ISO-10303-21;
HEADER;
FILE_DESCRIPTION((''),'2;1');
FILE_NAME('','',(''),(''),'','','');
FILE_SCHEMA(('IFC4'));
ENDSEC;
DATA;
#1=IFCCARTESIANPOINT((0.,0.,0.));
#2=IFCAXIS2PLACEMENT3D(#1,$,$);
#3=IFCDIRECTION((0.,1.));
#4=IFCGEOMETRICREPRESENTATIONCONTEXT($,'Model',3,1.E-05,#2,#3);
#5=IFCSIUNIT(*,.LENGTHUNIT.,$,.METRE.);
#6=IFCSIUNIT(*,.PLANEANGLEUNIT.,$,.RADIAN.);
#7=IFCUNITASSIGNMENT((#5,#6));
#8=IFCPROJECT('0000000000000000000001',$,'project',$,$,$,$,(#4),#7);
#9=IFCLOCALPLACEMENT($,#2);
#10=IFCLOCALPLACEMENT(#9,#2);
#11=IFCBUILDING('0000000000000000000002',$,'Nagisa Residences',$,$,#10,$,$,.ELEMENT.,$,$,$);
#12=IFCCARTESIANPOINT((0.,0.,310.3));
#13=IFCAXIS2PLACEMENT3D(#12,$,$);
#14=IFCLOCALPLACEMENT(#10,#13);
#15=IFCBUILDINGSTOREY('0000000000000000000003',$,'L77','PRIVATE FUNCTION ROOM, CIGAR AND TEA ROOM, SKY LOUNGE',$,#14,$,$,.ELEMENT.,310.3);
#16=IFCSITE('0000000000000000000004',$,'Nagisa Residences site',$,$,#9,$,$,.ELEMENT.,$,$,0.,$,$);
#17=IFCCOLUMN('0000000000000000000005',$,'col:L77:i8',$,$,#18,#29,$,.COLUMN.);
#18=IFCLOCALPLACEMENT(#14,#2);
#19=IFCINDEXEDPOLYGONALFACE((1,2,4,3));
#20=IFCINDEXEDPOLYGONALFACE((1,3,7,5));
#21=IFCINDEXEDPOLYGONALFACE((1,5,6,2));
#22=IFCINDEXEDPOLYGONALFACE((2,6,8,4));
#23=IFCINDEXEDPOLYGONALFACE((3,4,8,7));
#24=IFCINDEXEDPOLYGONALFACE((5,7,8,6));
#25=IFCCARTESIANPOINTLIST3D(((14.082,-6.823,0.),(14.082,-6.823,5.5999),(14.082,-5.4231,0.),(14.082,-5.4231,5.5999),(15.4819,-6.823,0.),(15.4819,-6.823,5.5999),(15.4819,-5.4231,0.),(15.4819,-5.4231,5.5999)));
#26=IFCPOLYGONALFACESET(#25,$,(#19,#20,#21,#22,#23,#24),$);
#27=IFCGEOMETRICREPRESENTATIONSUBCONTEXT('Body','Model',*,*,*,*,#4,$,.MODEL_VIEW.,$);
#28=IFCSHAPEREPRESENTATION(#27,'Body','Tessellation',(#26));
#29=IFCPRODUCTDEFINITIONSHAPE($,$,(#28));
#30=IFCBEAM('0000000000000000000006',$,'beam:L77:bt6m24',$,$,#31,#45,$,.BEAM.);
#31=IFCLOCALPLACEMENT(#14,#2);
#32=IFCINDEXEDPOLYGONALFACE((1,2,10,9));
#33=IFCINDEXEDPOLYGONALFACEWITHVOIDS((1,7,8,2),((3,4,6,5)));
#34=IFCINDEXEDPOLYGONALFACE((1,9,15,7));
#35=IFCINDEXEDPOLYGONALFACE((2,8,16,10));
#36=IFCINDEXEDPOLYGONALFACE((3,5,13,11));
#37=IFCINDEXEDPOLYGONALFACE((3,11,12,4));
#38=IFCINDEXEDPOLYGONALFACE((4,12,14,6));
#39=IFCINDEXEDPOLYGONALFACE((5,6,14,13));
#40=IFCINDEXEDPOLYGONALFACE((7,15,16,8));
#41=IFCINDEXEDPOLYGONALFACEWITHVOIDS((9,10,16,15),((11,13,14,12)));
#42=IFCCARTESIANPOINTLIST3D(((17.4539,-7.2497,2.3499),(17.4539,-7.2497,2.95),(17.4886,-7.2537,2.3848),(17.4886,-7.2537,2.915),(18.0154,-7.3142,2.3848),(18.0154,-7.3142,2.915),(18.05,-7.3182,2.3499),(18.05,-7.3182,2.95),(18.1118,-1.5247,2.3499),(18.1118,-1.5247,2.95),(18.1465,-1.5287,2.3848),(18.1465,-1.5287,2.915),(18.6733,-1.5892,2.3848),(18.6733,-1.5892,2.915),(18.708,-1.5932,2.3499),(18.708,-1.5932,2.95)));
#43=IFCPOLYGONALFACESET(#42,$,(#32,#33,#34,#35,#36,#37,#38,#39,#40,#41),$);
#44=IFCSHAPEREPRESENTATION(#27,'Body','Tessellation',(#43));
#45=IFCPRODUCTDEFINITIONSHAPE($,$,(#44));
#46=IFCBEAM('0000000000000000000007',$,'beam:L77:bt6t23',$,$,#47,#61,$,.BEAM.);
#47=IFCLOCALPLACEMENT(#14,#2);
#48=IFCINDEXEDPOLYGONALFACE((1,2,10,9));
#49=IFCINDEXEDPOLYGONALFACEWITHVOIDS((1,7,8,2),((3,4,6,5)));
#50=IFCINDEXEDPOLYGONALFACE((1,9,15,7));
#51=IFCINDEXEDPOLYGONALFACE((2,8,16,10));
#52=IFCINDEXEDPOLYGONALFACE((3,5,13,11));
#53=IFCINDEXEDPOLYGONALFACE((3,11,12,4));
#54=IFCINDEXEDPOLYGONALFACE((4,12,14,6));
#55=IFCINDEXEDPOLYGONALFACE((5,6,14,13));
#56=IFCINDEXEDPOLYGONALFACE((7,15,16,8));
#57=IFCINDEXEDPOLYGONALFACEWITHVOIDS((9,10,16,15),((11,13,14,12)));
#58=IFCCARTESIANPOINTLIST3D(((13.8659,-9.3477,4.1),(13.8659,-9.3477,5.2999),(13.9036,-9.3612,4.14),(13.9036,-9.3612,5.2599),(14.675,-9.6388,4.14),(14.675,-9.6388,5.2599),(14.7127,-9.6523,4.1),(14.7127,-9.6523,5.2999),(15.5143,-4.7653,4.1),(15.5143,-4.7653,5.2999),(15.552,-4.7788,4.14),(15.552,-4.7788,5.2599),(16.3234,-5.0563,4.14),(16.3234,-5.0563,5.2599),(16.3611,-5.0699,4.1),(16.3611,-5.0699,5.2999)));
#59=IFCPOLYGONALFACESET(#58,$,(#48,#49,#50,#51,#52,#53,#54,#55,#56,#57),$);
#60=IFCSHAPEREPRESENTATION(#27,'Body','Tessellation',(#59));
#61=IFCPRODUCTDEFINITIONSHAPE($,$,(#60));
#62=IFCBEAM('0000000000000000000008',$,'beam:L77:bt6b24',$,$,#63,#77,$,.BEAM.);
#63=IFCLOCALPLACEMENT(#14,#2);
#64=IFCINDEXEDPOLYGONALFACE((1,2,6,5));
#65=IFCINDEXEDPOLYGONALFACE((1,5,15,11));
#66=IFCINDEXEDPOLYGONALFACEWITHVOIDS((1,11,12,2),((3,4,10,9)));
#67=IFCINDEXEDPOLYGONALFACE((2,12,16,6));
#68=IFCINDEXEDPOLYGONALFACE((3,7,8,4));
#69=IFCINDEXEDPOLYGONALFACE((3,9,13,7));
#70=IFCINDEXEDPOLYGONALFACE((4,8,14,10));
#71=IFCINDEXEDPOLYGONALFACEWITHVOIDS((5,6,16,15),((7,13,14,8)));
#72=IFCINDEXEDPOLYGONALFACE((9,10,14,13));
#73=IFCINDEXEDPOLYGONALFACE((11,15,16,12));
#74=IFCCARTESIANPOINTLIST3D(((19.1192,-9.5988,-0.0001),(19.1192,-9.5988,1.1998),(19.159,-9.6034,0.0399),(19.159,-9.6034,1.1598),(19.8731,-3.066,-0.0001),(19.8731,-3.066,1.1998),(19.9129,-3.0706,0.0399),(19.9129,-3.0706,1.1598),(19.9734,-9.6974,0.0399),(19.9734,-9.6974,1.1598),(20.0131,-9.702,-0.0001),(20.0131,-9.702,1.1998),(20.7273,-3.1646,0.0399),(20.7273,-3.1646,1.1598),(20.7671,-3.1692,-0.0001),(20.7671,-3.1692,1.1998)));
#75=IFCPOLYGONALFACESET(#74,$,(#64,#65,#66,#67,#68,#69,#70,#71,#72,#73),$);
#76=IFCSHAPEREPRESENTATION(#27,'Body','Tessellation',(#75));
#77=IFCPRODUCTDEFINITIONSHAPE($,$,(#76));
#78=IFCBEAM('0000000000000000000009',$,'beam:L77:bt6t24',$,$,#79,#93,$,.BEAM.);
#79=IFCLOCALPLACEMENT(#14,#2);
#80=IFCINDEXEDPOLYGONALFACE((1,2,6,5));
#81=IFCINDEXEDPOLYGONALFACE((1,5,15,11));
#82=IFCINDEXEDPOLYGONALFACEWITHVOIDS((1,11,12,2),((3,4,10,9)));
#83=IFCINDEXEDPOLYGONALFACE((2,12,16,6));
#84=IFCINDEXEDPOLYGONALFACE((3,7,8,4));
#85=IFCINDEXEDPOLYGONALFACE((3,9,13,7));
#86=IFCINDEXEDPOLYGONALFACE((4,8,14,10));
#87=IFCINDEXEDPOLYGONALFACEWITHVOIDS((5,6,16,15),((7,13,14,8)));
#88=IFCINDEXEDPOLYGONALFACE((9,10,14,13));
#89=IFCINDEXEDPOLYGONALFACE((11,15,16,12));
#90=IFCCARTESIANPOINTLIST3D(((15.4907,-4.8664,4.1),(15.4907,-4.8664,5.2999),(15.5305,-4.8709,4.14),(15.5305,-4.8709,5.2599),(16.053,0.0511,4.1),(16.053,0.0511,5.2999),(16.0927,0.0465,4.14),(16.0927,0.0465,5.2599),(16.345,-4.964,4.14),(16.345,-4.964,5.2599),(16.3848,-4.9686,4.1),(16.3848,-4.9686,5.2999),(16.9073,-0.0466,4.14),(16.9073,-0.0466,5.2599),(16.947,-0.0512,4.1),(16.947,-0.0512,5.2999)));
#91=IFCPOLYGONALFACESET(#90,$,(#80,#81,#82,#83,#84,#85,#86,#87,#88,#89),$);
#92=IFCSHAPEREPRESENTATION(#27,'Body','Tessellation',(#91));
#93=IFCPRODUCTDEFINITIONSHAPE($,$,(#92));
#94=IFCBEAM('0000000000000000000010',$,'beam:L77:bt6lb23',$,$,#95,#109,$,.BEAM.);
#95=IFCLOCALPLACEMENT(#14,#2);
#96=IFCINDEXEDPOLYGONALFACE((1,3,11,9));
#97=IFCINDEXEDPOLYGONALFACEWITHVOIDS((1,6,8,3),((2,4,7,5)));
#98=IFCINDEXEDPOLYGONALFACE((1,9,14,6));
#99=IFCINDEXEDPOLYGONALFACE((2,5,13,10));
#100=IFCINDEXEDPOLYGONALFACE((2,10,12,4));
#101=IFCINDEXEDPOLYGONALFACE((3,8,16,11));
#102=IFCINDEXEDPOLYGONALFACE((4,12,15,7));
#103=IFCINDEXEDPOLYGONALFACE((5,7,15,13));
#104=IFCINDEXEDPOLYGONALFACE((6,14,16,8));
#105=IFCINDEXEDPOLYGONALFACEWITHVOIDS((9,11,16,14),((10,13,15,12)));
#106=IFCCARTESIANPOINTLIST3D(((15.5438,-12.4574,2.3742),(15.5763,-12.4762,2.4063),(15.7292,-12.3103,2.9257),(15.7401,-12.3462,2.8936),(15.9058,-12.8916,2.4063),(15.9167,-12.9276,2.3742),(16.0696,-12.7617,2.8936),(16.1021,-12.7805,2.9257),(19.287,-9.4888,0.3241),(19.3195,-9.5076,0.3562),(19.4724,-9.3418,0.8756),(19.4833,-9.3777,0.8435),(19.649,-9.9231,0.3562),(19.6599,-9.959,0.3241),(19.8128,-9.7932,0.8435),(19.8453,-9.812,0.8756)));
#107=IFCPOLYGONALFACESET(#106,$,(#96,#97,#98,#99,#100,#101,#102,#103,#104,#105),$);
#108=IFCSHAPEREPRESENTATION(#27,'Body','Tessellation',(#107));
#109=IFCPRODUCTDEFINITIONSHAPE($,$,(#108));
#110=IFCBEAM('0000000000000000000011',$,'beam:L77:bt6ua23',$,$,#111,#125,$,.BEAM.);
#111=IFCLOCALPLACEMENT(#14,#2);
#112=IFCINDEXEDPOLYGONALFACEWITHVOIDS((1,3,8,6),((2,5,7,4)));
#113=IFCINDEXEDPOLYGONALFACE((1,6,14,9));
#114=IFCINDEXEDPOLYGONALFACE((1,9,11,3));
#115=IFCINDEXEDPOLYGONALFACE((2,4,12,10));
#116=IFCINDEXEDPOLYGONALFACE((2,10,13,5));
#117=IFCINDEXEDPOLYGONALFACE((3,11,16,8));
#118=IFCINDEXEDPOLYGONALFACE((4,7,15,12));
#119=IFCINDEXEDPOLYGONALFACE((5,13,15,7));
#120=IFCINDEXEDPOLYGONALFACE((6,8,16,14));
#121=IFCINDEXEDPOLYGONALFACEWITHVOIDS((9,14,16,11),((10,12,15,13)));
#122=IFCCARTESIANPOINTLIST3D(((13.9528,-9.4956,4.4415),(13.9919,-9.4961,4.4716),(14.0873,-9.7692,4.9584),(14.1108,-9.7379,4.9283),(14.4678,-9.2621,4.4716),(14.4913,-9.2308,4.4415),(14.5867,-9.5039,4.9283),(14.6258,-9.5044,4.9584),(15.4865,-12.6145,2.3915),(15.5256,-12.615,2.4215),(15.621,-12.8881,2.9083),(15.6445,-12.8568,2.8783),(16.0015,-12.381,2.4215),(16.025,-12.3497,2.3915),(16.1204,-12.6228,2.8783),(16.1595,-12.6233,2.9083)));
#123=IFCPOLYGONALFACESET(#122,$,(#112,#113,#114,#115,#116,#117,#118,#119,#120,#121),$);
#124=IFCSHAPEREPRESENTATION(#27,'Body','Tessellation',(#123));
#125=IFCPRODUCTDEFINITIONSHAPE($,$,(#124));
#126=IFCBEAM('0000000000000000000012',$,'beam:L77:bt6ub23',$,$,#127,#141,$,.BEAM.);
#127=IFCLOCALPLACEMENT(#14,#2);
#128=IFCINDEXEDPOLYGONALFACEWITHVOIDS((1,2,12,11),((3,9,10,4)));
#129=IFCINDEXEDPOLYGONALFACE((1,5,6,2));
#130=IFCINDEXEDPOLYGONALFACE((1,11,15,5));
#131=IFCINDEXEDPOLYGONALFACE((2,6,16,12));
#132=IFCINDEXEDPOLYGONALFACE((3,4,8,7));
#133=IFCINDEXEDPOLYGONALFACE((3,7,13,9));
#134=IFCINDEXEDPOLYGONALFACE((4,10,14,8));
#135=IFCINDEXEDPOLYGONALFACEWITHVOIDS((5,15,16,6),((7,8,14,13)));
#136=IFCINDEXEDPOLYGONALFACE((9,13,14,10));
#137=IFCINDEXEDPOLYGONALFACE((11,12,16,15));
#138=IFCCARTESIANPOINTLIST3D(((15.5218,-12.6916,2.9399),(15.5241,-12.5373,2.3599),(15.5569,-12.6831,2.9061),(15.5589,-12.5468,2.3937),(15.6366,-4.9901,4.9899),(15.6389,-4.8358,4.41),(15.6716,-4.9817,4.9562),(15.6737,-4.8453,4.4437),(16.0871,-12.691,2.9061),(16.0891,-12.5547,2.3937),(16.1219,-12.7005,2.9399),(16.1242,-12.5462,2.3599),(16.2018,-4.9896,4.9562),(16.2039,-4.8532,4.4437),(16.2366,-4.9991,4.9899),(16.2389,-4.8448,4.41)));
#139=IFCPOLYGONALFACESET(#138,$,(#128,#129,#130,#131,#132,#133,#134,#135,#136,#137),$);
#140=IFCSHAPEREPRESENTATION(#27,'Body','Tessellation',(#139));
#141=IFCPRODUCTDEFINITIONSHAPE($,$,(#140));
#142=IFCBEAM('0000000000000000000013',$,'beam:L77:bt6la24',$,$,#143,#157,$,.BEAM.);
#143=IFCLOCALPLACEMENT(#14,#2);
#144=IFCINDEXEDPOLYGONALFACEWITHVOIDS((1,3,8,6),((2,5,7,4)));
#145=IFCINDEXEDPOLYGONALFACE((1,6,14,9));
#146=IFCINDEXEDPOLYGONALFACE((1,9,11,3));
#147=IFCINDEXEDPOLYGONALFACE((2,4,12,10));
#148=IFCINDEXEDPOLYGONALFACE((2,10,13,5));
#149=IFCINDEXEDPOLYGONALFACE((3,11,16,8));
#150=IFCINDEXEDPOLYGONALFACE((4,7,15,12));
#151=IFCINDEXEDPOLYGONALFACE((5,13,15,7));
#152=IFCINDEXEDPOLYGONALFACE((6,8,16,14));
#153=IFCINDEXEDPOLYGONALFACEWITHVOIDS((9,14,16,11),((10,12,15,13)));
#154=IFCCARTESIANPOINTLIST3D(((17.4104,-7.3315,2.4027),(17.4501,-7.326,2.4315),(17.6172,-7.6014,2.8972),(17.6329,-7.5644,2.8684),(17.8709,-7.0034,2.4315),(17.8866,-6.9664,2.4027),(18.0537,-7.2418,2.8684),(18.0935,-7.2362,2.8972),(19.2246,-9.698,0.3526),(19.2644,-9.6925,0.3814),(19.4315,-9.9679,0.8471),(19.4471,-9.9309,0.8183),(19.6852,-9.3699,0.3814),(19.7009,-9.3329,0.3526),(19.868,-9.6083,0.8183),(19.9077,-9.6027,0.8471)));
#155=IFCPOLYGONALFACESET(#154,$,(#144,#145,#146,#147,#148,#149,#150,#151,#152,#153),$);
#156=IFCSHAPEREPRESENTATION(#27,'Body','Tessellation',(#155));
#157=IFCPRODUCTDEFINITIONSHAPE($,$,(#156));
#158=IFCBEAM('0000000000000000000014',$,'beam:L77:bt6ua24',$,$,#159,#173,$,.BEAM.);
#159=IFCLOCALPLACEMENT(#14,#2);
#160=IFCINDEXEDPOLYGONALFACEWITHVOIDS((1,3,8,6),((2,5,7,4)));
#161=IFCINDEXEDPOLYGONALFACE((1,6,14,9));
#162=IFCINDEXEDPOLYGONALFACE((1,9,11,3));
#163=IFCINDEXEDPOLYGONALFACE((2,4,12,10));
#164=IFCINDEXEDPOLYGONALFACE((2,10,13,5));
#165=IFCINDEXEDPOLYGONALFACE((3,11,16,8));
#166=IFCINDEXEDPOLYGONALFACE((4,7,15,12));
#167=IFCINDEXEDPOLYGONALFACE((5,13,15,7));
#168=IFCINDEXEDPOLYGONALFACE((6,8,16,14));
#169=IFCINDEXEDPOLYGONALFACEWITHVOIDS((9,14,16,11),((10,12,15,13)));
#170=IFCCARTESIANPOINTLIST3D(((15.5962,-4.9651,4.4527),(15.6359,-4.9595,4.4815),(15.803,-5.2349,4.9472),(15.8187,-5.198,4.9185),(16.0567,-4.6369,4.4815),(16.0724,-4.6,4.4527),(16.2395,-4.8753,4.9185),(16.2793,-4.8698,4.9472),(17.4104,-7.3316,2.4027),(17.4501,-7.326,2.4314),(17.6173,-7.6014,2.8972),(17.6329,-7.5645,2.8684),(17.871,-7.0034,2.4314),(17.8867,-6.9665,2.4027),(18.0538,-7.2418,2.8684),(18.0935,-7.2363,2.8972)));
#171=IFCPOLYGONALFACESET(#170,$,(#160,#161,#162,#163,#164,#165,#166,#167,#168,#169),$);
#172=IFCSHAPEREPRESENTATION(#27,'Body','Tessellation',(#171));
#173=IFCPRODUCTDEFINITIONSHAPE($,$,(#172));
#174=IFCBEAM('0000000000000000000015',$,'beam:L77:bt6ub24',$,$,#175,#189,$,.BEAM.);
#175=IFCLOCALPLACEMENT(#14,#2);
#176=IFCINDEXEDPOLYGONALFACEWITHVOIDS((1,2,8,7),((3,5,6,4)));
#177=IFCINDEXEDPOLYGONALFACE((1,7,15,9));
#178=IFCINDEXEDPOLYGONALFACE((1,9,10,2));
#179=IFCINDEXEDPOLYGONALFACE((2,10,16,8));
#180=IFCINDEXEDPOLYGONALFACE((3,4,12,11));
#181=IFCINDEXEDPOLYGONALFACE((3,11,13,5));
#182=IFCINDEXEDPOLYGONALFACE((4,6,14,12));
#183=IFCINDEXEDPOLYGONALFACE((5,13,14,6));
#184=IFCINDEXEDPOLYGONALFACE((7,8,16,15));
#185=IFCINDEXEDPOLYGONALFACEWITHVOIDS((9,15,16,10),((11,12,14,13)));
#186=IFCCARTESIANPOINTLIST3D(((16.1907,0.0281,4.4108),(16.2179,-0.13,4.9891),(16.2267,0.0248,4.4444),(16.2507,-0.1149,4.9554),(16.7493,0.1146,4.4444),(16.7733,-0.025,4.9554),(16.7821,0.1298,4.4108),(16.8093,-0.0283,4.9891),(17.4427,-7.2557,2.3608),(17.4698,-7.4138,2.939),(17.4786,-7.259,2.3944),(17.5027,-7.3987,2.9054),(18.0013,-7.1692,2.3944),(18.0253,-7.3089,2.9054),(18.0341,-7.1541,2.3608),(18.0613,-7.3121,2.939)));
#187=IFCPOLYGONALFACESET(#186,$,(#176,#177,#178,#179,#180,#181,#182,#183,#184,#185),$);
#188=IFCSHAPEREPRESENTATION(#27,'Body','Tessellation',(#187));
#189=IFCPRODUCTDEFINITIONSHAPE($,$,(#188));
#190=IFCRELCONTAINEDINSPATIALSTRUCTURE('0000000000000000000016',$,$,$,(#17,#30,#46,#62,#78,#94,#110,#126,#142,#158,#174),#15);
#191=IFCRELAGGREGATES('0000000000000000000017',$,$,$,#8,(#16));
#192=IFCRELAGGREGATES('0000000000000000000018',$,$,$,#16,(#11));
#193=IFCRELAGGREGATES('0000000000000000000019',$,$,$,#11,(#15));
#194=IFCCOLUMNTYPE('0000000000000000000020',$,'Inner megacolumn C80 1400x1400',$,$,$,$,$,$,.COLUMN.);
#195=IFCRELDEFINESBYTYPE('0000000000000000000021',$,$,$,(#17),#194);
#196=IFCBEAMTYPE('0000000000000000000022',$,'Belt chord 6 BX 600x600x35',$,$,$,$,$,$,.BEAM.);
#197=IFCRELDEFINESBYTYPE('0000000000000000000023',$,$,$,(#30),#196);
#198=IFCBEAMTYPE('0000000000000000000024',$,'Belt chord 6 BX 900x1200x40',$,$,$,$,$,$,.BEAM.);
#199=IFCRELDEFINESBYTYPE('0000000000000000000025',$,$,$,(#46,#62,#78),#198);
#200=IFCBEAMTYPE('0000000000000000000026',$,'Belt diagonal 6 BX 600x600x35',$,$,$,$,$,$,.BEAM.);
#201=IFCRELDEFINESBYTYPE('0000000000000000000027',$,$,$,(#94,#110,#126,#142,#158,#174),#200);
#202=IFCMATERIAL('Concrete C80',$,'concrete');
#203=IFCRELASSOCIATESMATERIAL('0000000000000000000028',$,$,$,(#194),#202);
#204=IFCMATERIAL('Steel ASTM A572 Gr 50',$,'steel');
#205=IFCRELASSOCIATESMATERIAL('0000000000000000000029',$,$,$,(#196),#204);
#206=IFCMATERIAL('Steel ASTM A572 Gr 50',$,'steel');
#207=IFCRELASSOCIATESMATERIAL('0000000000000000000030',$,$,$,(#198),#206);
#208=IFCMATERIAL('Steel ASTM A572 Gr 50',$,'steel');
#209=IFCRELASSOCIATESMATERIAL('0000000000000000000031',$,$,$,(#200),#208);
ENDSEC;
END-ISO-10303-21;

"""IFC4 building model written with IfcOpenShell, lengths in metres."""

from ifc_helpers import new_model, si_unit, direction, frame, origin, origin_2d, place, context, subcontext, project, spatial, rectangle, hollow_rectangle, extrude, material, material_profile, profile_set, type_object, element, save


model = new_model("IFC4")

# Units and contexts
model_context = context("Model", 3, precision=1e-05, world=origin(), true_north=direction((0.0, 1.0)))
body_context = subcontext(model_context, "Body", "Model", "MODEL_VIEW")
ifc_project = project(units=[si_unit("LENGTHUNIT", "METRE"), si_unit("PLANEANGLEUNIT", "RADIAN")], contexts=[model_context])

# Site, building, storey
site_placement = place(None, origin())
site = spatial("IfcSite", under=ifc_project, at=site_placement, Name="Nagisa Residences site", CompositionType="ELEMENT", RefElevation=0.0)
building_placement = place(site_placement, origin())
building = spatial("IfcBuilding", under=site, at=building_placement, Name="Nagisa Residences", CompositionType="ELEMENT")
storey_placement = place(building_placement, frame((0.0, 0.0, 310.3)))
storey = spatial("IfcBuildingStorey", under=building, at=storey_placement, Name="L77", Description="PRIVATE FUNCTION ROOM, CIGAR AND TEA ROOM, SKY LOUNGE", CompositionType="ELEMENT", Elevation=310.3)

# Column
ifc_material_1 = material(Name="Concrete C80", Category="concrete")
ifc_material_profile_1 = material_profile(ifc_material_1, rectangle(XDim=1.3999, YDim=1.3999, at=origin_2d()), Name="C80 1400x1400")
ifc_profile_set_1 = profile_set([ifc_material_profile_1], Name="Concrete C80")
column_type = type_object("IfcColumnType", Name="Inner megacolumn C80 1400x1400", PredefinedType="COLUMN", material=ifc_profile_set_1)
column_placement = place(storey_placement, frame((14.782, -6.123, 0.0), z_axis=(0.0, 0.0, 1.0), x_axis=(1.0, 0.0, 0.0)))
element("IfcColumn", 1, at=column_placement, inside=storey, type_object=column_type, Name="col:L77:i8", PredefinedType="COLUMN", context=body_context, shape_type="SweptSolid", body=[
    extrude(rectangle(XDim=1.3999, YDim=1.3999, at=origin_2d()), origin(), (0.0, 0.0, 1.0), 5.5999),
])

# Beams
ifc_material_2 = material(Name="Steel ASTM A572 Gr 50", Category="steel")
ifc_material_profile_2 = material_profile(ifc_material_2, hollow_rectangle(XDim=0.6001, YDim=0.6001, WallThickness=0.0349, at=origin_2d()), Name="BX 600x600x35")
ifc_profile_set_2 = profile_set([ifc_material_profile_2], Name="Steel ASTM A572 Gr 50")
beam_type_1 = type_object("IfcBeamType", Name="Belt chord 6 BX 600x600x35", PredefinedType="BEAM", material=ifc_profile_set_2)
beam_1_placement = place(storey_placement, frame((17.752, -7.2839, 2.6499), z_axis=(0.114174, 0.993461, 0.0), x_axis=(-0.993461, 0.114174, 0.0)))
element("IfcBeam", 2, at=beam_1_placement, inside=storey, type_object=beam_type_1, Name="beam:L77:bt6m24", PredefinedType="BEAM", context=body_context, shape_type="SweptSolid", body=[
    extrude(hollow_rectangle(XDim=0.6001, YDim=0.6001, WallThickness=0.0349, at=origin_2d()), origin(), (0.0, 0.0, 1.0), 5.7627),
])
ifc_material_3 = material(Name="Steel ASTM A572 Gr 50", Category="steel")
ifc_material_profile_3 = material_profile(ifc_material_3, hollow_rectangle(XDim=0.8999, YDim=1.2, WallThickness=0.04, at=origin_2d()), Name="BX 900x1200x40")
ifc_profile_set_3 = profile_set([ifc_material_profile_3], Name="Steel ASTM A572 Gr 50")
beam_type_2 = type_object("IfcBeamType", Name="Belt chord 6 BX 900x1200x40", PredefinedType="BEAM", material=ifc_profile_set_3)
beam_2_placement = place(storey_placement, frame((14.2893, -9.5, 4.7), z_axis=(0.338489, 0.94097, 0.0), x_axis=(-0.94097, 0.338489, 0.0)))
element("IfcBeam", 3, at=beam_2_placement, inside=storey, type_object=beam_type_2, Name="beam:L77:bt6t23", PredefinedType="BEAM", context=body_context, shape_type="SweptSolid", body=[
    extrude(hollow_rectangle(XDim=0.8999, YDim=1.2, WallThickness=0.04, at=origin_2d()), origin(), (0.0, 0.0, 1.0), 4.8699),
])
beam_3_placement = place(storey_placement, frame((19.5662, -9.6504, 0.5999), z_axis=(0.114644, 0.993407, 0.0), x_axis=(-0.993407, 0.114644, 0.0)))
element("IfcBeam", 4, at=beam_3_placement, inside=storey, type_object=beam_type_2, Name="beam:L77:bt6b24", PredefinedType="BEAM", context=body_context, shape_type="SweptSolid", body=[
    extrude(hollow_rectangle(XDim=0.8999, YDim=1.2, WallThickness=0.04, at=origin_2d()), origin(), (0.0, 0.0, 1.0), 6.5762),
])
beam_4_placement = place(storey_placement, frame((15.9377, -4.9175, 4.7), z_axis=(0.113598, 0.993527, 0.0), x_axis=(-0.993527, 0.113598, 0.0)))
element("IfcBeam", 5, at=beam_4_placement, inside=storey, type_object=beam_type_2, Name="beam:L77:bt6t24", PredefinedType="BEAM", context=body_context, shape_type="SweptSolid", body=[
    extrude(hollow_rectangle(XDim=0.8999, YDim=1.2, WallThickness=0.04, at=origin_2d()), origin(), (0.0, 0.0, 1.0), 4.9495),
])
ifc_material_4 = material(Name="Steel ASTM A572 Gr 50", Category="steel")
ifc_material_profile_4 = material_profile(ifc_material_4, hollow_rectangle(XDim=0.6001, YDim=0.6001, WallThickness=0.0349, at=origin_2d()), Name="BX 600x600x35")
ifc_profile_set_4 = profile_set([ifc_material_profile_4], Name="Steel ASTM A572 Gr 50")
beam_type_3 = type_object("IfcBeamType", Name="Belt diagonal 6 BX 600x600x35", PredefinedType="BEAM", material=ifc_profile_set_4)
beam_5_placement = place(storey_placement, frame((19.5662, -9.6504, 0.5999), z_axis=(-0.720026, -0.571014, 0.394342), x_axis=(0.621368, -0.783519, 0.0)))
element("IfcBeam", 6, at=beam_5_placement, inside=storey, type_object=beam_type_3, Name="beam:L77:bt6lb23", PredefinedType="BEAM", context=body_context, shape_type="SweptSolid", body=[
    extrude(hollow_rectangle(XDim=0.6001, YDim=0.6001, WallThickness=0.0349, at=origin_2d()), origin(), (0.0, 0.0, 1.0), 5.1987),
])
beam_6_placement = place(storey_placement, frame((15.823, -12.6189, 2.6499), z_axis=(-0.380083, 0.772932, 0.508048), x_axis=(-0.897372, -0.441275, 0.0)))
element("IfcBeam", 7, at=beam_6_placement, inside=storey, type_object=beam_type_3, Name="beam:L77:bt6ua23", PredefinedType="BEAM", context=body_context, shape_type="SweptSolid", body=[
    extrude(hollow_rectangle(XDim=0.6001, YDim=0.6001, WallThickness=0.0349, at=origin_2d()), origin(), (0.0, 0.0, 1.0), 4.0352),
])
beam_7_placement = place(storey_placement, frame((15.823, -12.6189, 2.6499), z_axis=(0.014396, 0.966249, 0.257207), x_axis=(-0.999889, 0.014898, 0.0)))
element("IfcBeam", 8, at=beam_7_placement, inside=storey, type_object=beam_type_3, Name="beam:L77:bt6ub23", PredefinedType="BEAM", context=body_context, shape_type="SweptSolid", body=[
    extrude(hollow_rectangle(XDim=0.6001, YDim=0.6001, WallThickness=0.0349, at=origin_2d()), origin(), (0.0, 0.0, 1.0), 7.9705),
])
for number, where, z_axis, x_axis, name in (
    (9, (19.5662, -9.6504, 0.5999), (-0.501359, 0.653972, 0.566533), (-0.793618, -0.608416, 0.0), "beam:L77:bt6la24"),
    (10, (17.752, -7.2839, 2.6499), (-0.501359, 0.653972, 0.566533), (-0.793618, -0.608416, 0.0), "beam:L77:bt6ua24"),
):
    element("IfcBeam", number, at=place(storey_placement, frame(where, z_axis=z_axis, x_axis=x_axis)), inside=storey, type_object=beam_type_3, Name=name, PredefinedType="BEAM", context=body_context, shape_type="SweptSolid", body=[
        extrude(hollow_rectangle(XDim=0.6001, YDim=0.6001, WallThickness=0.0349, at=origin_2d()), origin(), (0.0, 0.0, 1.0), 3.6187),
    ])
beam_8_placement = place(storey_placement, frame((17.752, -7.2839, 2.6499), z_axis=(-0.163232, 0.949691, 0.267288), x_axis=(-0.985548, -0.169395, 0.0)))
element("IfcBeam", 11, at=beam_8_placement, inside=storey, type_object=beam_type_3, Name="beam:L77:bt6ub24", PredefinedType="BEAM", context=body_context, shape_type="SweptSolid", body=[
    extrude(hollow_rectangle(XDim=0.6001, YDim=0.6001, WallThickness=0.0349, at=origin_2d()), origin(), (0.0, 0.0, 1.0), 7.6697),
])

save(model, "model.ifc")
